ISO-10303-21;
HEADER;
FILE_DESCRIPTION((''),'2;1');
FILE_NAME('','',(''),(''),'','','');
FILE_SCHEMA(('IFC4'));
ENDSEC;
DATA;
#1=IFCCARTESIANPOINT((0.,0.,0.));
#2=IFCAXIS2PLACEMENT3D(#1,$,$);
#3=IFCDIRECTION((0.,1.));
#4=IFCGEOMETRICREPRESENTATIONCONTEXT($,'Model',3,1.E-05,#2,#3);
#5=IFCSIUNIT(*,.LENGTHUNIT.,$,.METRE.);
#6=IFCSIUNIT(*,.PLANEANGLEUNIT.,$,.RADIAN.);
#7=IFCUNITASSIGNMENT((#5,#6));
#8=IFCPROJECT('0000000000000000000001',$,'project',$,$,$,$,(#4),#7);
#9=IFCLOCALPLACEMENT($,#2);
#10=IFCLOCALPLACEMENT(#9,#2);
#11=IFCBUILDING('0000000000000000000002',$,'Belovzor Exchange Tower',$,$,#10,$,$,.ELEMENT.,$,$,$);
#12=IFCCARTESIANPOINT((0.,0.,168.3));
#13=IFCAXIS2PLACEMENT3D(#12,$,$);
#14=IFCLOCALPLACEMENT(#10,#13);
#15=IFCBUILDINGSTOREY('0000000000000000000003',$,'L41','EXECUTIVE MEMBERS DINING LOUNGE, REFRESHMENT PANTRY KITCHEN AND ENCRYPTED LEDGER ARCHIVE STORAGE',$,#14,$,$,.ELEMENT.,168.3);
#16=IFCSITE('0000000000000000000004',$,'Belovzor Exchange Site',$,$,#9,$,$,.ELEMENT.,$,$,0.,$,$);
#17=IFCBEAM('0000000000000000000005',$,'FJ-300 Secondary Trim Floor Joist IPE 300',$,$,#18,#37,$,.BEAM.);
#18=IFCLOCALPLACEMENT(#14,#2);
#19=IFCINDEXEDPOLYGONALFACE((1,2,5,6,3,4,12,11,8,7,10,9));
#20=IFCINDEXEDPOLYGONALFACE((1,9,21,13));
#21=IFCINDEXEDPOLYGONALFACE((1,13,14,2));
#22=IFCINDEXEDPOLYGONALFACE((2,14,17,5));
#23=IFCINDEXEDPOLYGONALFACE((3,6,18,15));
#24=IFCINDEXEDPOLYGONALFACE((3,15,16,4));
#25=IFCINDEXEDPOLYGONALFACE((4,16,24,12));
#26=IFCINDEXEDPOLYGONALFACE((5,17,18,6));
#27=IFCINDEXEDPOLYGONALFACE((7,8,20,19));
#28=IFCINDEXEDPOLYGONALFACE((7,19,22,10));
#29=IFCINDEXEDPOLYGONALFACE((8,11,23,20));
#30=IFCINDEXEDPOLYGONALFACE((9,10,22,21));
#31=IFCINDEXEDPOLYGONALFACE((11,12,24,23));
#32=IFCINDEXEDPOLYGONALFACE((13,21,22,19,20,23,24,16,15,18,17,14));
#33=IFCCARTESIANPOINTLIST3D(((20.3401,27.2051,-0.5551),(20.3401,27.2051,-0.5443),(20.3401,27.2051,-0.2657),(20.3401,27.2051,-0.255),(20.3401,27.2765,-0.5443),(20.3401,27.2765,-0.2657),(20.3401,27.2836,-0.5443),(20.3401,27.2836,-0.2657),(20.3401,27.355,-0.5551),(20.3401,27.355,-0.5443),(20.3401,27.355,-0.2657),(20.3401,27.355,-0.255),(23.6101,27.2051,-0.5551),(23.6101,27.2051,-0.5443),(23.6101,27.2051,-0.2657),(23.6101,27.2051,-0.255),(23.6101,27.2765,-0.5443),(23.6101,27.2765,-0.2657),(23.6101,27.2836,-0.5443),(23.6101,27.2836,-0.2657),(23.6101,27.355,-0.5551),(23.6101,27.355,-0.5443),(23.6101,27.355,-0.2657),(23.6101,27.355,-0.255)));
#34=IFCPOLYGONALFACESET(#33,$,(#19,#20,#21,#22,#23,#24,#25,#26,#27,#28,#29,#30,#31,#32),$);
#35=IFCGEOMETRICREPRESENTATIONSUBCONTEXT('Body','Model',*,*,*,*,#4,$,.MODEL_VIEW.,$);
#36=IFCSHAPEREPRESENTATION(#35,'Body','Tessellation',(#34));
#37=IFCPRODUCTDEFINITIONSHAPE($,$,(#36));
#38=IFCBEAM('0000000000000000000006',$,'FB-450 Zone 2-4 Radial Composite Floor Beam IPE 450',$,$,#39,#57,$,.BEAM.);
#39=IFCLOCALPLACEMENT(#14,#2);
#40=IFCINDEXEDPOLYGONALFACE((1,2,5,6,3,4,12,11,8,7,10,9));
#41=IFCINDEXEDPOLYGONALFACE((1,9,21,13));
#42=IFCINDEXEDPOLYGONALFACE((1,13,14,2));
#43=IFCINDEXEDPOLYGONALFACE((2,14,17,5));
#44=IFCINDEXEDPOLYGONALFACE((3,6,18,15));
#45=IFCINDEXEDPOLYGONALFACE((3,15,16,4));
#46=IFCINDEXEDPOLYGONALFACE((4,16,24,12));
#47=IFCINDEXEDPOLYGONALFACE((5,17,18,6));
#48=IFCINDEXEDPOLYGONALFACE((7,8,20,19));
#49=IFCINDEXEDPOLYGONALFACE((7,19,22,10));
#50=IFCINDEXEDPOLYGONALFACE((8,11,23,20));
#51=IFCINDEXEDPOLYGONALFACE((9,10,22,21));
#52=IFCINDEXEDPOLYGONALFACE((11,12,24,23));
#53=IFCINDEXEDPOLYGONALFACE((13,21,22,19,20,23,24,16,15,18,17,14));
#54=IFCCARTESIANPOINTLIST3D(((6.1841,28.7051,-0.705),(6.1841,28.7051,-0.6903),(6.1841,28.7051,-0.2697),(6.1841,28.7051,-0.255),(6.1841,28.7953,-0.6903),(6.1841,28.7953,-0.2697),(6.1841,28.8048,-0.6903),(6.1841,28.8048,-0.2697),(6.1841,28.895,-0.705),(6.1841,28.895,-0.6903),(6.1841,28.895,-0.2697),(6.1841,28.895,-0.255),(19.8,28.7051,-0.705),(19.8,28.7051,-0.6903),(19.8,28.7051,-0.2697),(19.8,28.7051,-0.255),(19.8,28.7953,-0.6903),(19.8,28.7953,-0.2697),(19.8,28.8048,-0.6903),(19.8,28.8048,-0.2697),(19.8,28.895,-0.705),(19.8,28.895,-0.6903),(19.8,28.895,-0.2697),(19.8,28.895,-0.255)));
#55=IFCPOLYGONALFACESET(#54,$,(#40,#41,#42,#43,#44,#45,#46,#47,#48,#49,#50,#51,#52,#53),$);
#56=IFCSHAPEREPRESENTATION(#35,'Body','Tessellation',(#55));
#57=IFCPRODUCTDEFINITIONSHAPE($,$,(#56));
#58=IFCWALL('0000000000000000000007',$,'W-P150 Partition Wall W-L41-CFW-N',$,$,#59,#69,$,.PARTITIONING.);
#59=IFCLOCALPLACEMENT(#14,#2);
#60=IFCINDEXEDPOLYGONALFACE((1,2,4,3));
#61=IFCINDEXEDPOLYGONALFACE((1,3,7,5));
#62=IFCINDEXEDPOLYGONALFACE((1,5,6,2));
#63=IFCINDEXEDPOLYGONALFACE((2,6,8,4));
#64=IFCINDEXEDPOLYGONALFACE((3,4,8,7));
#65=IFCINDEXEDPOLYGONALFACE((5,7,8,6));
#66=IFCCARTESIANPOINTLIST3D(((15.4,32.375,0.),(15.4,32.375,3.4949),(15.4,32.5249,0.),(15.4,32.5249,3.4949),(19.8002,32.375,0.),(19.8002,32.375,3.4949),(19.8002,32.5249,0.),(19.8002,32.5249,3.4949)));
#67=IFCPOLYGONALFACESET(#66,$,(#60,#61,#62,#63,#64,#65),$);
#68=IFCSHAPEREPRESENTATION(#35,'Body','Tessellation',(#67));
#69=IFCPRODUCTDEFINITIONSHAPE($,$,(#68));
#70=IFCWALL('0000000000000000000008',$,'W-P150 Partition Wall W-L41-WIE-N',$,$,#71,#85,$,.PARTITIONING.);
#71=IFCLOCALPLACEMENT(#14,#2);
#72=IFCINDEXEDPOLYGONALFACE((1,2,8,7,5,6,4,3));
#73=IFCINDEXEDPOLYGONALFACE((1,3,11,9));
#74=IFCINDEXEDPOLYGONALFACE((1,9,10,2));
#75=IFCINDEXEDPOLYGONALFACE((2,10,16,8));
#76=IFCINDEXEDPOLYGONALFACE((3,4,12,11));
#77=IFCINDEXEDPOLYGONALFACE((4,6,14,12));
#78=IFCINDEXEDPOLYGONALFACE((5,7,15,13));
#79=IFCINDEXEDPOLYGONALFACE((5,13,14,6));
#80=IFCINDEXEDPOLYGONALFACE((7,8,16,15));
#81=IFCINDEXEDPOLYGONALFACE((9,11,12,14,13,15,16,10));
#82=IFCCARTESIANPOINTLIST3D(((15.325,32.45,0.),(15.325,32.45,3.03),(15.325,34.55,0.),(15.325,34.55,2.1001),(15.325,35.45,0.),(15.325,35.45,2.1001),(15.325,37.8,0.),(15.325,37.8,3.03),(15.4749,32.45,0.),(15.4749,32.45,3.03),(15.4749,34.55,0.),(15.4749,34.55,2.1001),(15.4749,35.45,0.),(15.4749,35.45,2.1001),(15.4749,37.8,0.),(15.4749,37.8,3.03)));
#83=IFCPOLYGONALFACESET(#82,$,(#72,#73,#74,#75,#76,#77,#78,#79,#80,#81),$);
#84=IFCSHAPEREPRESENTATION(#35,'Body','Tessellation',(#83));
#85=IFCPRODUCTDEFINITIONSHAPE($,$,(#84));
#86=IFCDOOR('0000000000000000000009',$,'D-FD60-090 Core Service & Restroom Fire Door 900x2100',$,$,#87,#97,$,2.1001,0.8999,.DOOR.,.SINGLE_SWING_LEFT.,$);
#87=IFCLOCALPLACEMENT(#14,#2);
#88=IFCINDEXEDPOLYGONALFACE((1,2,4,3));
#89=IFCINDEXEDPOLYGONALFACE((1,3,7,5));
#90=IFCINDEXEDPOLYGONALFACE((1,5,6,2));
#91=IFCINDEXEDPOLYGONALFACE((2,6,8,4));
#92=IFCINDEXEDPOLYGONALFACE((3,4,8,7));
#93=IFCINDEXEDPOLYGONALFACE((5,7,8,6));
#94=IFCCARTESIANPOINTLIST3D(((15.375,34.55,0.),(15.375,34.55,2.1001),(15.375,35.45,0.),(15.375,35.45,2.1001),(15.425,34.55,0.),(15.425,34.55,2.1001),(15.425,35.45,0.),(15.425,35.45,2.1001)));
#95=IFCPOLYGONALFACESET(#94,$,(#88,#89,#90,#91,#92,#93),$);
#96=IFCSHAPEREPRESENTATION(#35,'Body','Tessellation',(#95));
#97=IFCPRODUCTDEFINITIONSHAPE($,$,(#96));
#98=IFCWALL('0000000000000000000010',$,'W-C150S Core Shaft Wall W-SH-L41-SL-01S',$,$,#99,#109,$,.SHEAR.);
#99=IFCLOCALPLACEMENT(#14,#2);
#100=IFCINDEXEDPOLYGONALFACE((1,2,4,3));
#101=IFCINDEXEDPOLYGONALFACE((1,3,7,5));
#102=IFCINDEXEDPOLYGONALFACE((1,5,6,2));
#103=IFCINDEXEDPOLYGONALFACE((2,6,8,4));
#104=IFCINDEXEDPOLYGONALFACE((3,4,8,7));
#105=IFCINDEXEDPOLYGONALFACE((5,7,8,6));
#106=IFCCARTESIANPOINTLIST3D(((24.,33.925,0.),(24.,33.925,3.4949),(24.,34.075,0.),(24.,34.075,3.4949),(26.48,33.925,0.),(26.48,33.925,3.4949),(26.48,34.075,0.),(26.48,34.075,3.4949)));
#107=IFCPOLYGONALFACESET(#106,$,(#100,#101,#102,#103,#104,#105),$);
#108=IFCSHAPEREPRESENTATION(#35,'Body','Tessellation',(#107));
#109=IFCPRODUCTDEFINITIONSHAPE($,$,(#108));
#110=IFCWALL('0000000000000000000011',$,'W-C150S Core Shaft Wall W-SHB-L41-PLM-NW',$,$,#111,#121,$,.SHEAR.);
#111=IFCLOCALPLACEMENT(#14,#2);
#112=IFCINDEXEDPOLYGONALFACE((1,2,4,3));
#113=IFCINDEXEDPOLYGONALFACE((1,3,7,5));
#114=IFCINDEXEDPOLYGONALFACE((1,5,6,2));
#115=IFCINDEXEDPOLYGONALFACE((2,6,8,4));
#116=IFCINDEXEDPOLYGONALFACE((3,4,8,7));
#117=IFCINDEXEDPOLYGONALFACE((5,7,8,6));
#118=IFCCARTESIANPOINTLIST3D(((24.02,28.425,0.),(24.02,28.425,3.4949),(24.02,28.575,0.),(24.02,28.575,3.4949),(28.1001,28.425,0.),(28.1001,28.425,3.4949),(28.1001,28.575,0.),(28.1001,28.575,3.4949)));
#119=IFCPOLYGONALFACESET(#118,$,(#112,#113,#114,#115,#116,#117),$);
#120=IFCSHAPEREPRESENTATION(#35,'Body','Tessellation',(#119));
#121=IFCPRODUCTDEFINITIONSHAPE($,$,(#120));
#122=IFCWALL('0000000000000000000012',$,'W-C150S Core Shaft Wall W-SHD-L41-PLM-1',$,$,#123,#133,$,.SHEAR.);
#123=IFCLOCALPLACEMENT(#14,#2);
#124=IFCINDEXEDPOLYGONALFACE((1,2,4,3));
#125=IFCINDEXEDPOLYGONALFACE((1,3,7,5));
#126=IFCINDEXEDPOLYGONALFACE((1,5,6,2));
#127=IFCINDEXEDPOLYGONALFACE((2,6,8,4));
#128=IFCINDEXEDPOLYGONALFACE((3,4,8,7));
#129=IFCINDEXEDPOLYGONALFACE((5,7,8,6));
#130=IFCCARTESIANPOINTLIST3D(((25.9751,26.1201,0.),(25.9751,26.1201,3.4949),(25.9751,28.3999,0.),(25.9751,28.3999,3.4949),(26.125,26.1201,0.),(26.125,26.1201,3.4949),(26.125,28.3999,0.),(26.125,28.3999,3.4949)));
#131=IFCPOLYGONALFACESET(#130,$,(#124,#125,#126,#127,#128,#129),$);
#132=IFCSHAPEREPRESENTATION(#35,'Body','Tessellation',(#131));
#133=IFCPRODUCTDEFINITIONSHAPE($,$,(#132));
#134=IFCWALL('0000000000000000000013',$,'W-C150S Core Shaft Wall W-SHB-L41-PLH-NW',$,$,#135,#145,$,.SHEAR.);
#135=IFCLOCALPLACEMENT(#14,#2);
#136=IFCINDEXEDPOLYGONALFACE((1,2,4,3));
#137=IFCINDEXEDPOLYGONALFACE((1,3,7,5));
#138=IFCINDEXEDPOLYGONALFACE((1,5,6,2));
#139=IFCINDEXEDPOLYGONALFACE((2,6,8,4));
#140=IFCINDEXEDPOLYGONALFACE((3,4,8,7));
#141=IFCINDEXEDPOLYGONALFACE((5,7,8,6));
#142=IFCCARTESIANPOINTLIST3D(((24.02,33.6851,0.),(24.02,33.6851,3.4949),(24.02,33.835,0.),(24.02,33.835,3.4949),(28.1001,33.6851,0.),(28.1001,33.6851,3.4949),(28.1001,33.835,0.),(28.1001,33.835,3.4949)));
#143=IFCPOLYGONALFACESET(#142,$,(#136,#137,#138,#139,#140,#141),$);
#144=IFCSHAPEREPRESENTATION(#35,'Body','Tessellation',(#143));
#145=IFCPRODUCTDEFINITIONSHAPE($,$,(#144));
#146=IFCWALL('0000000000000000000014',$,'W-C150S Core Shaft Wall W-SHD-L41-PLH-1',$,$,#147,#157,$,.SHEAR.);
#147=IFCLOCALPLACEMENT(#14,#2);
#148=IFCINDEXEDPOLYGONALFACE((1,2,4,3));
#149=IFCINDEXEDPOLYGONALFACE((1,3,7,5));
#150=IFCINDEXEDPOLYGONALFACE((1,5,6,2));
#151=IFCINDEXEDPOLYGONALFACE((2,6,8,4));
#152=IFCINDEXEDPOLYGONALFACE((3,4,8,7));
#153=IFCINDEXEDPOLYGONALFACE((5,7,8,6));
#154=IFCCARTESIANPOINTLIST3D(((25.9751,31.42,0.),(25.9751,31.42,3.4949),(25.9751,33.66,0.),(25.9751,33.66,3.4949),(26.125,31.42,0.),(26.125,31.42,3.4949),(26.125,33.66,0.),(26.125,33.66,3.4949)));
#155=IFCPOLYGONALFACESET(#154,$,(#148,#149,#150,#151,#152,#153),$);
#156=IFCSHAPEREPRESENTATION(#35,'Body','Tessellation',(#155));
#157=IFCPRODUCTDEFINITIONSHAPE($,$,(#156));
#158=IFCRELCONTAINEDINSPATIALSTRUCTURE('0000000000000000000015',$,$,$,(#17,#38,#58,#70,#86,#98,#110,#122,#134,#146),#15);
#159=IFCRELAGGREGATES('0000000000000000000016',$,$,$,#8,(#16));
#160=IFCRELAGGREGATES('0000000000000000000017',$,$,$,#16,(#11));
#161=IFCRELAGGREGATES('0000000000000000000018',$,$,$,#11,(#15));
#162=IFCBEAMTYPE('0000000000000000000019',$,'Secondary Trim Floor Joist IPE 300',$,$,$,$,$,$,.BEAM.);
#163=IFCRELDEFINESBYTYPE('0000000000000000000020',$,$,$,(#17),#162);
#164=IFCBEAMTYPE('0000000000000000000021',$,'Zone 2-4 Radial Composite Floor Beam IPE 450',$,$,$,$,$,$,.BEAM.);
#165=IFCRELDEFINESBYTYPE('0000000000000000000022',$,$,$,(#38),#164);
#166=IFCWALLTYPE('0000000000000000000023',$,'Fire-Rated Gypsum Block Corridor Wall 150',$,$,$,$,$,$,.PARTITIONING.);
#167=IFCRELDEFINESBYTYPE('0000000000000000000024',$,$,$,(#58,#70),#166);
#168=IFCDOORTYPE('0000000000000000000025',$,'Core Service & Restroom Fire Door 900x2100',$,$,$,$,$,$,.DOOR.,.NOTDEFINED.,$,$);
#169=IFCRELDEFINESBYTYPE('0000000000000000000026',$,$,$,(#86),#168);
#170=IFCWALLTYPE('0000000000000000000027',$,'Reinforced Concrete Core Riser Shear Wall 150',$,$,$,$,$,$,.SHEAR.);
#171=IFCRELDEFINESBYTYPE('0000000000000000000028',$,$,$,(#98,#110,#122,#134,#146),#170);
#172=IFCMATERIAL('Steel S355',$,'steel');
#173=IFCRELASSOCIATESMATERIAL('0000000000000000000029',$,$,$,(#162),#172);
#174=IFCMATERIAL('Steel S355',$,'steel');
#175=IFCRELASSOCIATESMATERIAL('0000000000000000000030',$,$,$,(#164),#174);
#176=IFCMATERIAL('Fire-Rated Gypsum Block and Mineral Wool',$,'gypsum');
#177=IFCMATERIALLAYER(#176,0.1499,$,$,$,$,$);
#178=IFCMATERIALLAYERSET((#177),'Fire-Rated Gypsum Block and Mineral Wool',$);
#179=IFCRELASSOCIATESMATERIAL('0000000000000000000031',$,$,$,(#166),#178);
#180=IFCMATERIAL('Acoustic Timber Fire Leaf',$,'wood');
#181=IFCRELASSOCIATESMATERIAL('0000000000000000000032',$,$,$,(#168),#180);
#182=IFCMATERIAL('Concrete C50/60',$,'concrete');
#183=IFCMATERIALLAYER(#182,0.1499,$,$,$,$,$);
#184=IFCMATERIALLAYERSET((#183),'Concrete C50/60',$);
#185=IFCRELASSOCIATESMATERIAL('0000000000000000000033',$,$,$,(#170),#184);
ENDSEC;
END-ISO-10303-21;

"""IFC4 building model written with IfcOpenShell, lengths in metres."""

from ifc_helpers import new_model, si_unit, direction, frame, frame_2d, origin, origin_2d, place, context, subcontext, project, spatial, rectangle, i_section, extrude, material, layer, layer_set, material_profile, profile_set, type_object, element, fill, save


model = new_model("IFC4")

# Units and contexts
model_context = context("Model", 3, precision=1e-05, world=origin(), true_north=direction((0.0, 1.0)))
body_context = subcontext(model_context, "Body", "Model", "MODEL_VIEW")
ifc_project = project(units=[si_unit("LENGTHUNIT", "METRE"), si_unit("PLANEANGLEUNIT", "RADIAN")], contexts=[model_context])

# Site, building, storey
site_placement = place(None, origin())
site = spatial("IfcSite", under=ifc_project, at=site_placement, Name="Belovzor Exchange Site", CompositionType="ELEMENT", RefElevation=0.0)
building_placement = place(site_placement, origin())
building = spatial("IfcBuilding", under=site, at=building_placement, Name="Belovzor Exchange Tower", CompositionType="ELEMENT")
storey_placement = place(building_placement, frame((0.0, 0.0, 168.3)))
storey = spatial("IfcBuildingStorey", under=building, at=storey_placement, Name="L41", Description="EXECUTIVE MEMBERS DINING LOUNGE, REFRESHMENT PANTRY KITCHEN AND ENCRYPTED LEDGER ARCHIVE STORAGE", CompositionType="ELEMENT", Elevation=168.3)

# Beams
ifc_material_1 = material(Name="Steel S355", Category="steel")
ifc_material_profile_1 = material_profile(ifc_material_1, i_section(OverallWidth=0.1499, OverallDepth=0.3, WebThickness=0.0071, FlangeThickness=0.0107, at=origin_2d()))
ifc_profile_set_1 = profile_set([ifc_material_profile_1], Name="Steel S355")
beam_type_1 = type_object("IfcBeamType", Name="Secondary Trim Floor Joist IPE 300", PredefinedType="BEAM", material=ifc_profile_set_1)
beam_1_placement = place(storey_placement, frame((20.3401, 27.28, -0.405), z_axis=(1.0, 0.0, 0.0), x_axis=(0.0, 1.0, 0.0)))
element("IfcBeam", 1, at=beam_1_placement, inside=storey, type_object=beam_type_1, Name="FJ-300 Secondary Trim Floor Joist IPE 300", PredefinedType="BEAM", context=body_context, shape_type="SweptSolid", body=[
    extrude(i_section(OverallWidth=0.1499, OverallDepth=0.3, WebThickness=0.0071, FlangeThickness=0.0107, at=origin_2d()), origin(), (0.0, 0.0, 1.0), 3.27),
])
ifc_material_2 = material(Name="Steel S355", Category="steel")
ifc_material_profile_2 = material_profile(ifc_material_2, i_section(OverallWidth=0.1899, OverallDepth=0.45, WebThickness=0.0095, FlangeThickness=0.0146, at=origin_2d()))
ifc_profile_set_2 = profile_set([ifc_material_profile_2], Name="Steel S355")
beam_type_2 = type_object("IfcBeamType", Name="Zone 2-4 Radial Composite Floor Beam IPE 450", PredefinedType="BEAM", material=ifc_profile_set_2)
beam_2_placement = place(storey_placement, frame((19.8, 28.8, -0.48), z_axis=(-1.0, 0.0, 0.0), x_axis=(0.0, -1.0, 0.0)))
element("IfcBeam", 2, at=beam_2_placement, inside=storey, type_object=beam_type_2, Name="FB-450 Zone 2-4 Radial Composite Floor Beam IPE 450", PredefinedType="BEAM", context=body_context, shape_type="SweptSolid", body=[
    extrude(i_section(OverallWidth=0.1899, OverallDepth=0.45, WebThickness=0.0095, FlangeThickness=0.0146, at=origin_2d()), origin(), (0.0, 0.0, 1.0), 13.616),
])

# Wall
ifc_material_3 = material(Name="Fire-Rated Gypsum Block and Mineral Wool", Category="gypsum")
ifc_layer_1 = layer(ifc_material_3, 0.1499)
ifc_layer_set_1 = layer_set([ifc_layer_1], Name="Fire-Rated Gypsum Block and Mineral Wool")
wall_type_1 = type_object("IfcWallType", Name="Fire-Rated Gypsum Block Corridor Wall 150", PredefinedType="PARTITIONING", material=ifc_layer_set_1)
wall_1_placement = place(storey_placement, frame((15.3999, 32.45, 0.0), z_axis=(0.0, 0.0, 1.0), x_axis=(1.0, 0.0, 0.0)))
element("IfcWall", 3, at=wall_1_placement, inside=storey, type_object=wall_type_1, Name="W-P150 Partition Wall W-L41-CFW-N", PredefinedType="PARTITIONING", context=body_context, shape_type="SweptSolid", body=[
    extrude(rectangle(XDim=4.4001, YDim=0.1499, at=frame_2d((2.2002, 0.0))), origin(), (0.0, 0.0, 1.0), 3.4949),
])

# Wall, opening, door
wall_2_placement = place(storey_placement, frame((15.3999, 32.45, 0.0), z_axis=(0.0, 0.0, 1.0), x_axis=(0.0, 1.0, 0.0)))
wall_2 = element("IfcWall", 4, at=wall_2_placement, inside=storey, type_object=wall_type_1, Name="W-P150 Partition Wall W-L41-WIE-N", PredefinedType="PARTITIONING", context=body_context, shape_type="SweptSolid", body=[
    extrude(rectangle(XDim=5.3501, YDim=0.1499, at=frame_2d((2.675, 0.0))), origin(), (0.0, 0.0, 1.0), 3.03),
])
opening_1_placement = place(wall_2_placement, frame((2.1001, 0.0, 0.0)))
opening_1 = element("IfcOpeningElement", 5, at=opening_1_placement, cuts=wall_2, PredefinedType="OPENING", context=body_context, shape_type="SweptSolid", body=[
    extrude(rectangle(XDim=0.8999, YDim=2.1001, at=frame_2d((0.45, 1.05))), frame((0.0, 0.085, 0.0), z_axis=(0.0, -1.0, 0.0), x_axis=(1.0, 0.0, 0.0)), (0.0, 0.0, 1.0), 0.1699),
])
ifc_material_4 = material(Name="Acoustic Timber Fire Leaf", Category="wood")
door_type_1 = type_object("IfcDoorType", Name="Core Service & Restroom Fire Door 900x2100", OperationType="NOTDEFINED", PredefinedType="DOOR", material=ifc_material_4)
door_1_placement = place(opening_1_placement, origin())
door_1 = element("IfcDoor", 6, at=door_1_placement, inside=storey, type_object=door_type_1, Name="D-FD60-090 Core Service & Restroom Fire Door 900x2100", OperationType="SINGLE_SWING_LEFT", OverallHeight=2.1001, OverallWidth=0.8999, PredefinedType="DOOR", context=body_context, shape_type="SweptSolid", body=[
    extrude(rectangle(XDim=0.8999, YDim=2.1001, at=frame_2d((0.45, 1.05))), frame((0.0, 0.0249, 0.0), z_axis=(0.0, -1.0, 0.0), x_axis=(1.0, 0.0, 0.0)), (0.0, 0.0, 1.0), 0.05),
])
fill(opening_1, door_1)

# Walls
ifc_material_5 = material(Name="Concrete C50/60", Category="concrete")
ifc_layer_2 = layer(ifc_material_5, 0.1499)
ifc_layer_set_2 = layer_set([ifc_layer_2], Name="Concrete C50/60")
wall_type_2 = type_object("IfcWallType", Name="Reinforced Concrete Core Riser Shear Wall 150", PredefinedType="SHEAR", material=ifc_layer_set_2)
wall_3_placement = place(storey_placement, frame((24.0, 34.0, 0.0), z_axis=(0.0, 0.0, 1.0), x_axis=(1.0, 0.0, 0.0)))
element("IfcWall", 7, at=wall_3_placement, inside=storey, type_object=wall_type_2, Name="W-C150S Core Shaft Wall W-SH-L41-SL-01S", PredefinedType="SHEAR", context=body_context, shape_type="SweptSolid", body=[
    extrude(rectangle(XDim=2.48, YDim=0.1499, at=frame_2d((1.24, 0.0))), origin(), (0.0, 0.0, 1.0), 3.4949),
])
wall_4_placement = place(storey_placement, frame((24.02, 28.5, 0.0), z_axis=(0.0, 0.0, 1.0), x_axis=(1.0, 0.0, 0.0)))
element("IfcWall", 8, at=wall_4_placement, inside=storey, type_object=wall_type_2, Name="W-C150S Core Shaft Wall W-SHB-L41-PLM-NW", PredefinedType="SHEAR", context=body_context, shape_type="SweptSolid", body=[
    extrude(rectangle(XDim=4.0801, YDim=0.1499, at=frame_2d((2.04, 0.0))), origin(), (0.0, 0.0, 1.0), 3.4949),
])
wall_5_placement = place(storey_placement, frame((26.05, 26.1201, 0.0), z_axis=(0.0, 0.0, 1.0), x_axis=(0.0, 1.0, 0.0)))
element("IfcWall", 9, at=wall_5_placement, inside=storey, type_object=wall_type_2, Name="W-C150S Core Shaft Wall W-SHD-L41-PLM-1", PredefinedType="SHEAR", context=body_context, shape_type="SweptSolid", body=[
    extrude(rectangle(XDim=2.2798, YDim=0.1499, at=frame_2d((1.1399, 0.0))), origin(), (0.0, 0.0, 1.0), 3.4949),
])
wall_6_placement = place(storey_placement, frame((24.02, 33.76, 0.0), z_axis=(0.0, 0.0, 1.0), x_axis=(1.0, 0.0, 0.0)))
element("IfcWall", 10, at=wall_6_placement, inside=storey, type_object=wall_type_2, Name="W-C150S Core Shaft Wall W-SHB-L41-PLH-NW", PredefinedType="SHEAR", context=body_context, shape_type="SweptSolid", body=[
    extrude(rectangle(XDim=4.0801, YDim=0.1499, at=frame_2d((2.04, 0.0))), origin(), (0.0, 0.0, 1.0), 3.4949),
])
wall_7_placement = place(storey_placement, frame((26.05, 31.4199, 0.0), z_axis=(0.0, 0.0, 1.0), x_axis=(0.0, 1.0, 0.0)))
element("IfcWall", 11, at=wall_7_placement, inside=storey, type_object=wall_type_2, Name="W-C150S Core Shaft Wall W-SHD-L41-PLH-1", PredefinedType="SHEAR", context=body_context, shape_type="SweptSolid", body=[
    extrude(rectangle(XDim=2.24, YDim=0.1499, at=frame_2d((1.1201, 0.0))), origin(), (0.0, 0.0, 1.0), 3.4949),
])

save(model, "model.ifc")
